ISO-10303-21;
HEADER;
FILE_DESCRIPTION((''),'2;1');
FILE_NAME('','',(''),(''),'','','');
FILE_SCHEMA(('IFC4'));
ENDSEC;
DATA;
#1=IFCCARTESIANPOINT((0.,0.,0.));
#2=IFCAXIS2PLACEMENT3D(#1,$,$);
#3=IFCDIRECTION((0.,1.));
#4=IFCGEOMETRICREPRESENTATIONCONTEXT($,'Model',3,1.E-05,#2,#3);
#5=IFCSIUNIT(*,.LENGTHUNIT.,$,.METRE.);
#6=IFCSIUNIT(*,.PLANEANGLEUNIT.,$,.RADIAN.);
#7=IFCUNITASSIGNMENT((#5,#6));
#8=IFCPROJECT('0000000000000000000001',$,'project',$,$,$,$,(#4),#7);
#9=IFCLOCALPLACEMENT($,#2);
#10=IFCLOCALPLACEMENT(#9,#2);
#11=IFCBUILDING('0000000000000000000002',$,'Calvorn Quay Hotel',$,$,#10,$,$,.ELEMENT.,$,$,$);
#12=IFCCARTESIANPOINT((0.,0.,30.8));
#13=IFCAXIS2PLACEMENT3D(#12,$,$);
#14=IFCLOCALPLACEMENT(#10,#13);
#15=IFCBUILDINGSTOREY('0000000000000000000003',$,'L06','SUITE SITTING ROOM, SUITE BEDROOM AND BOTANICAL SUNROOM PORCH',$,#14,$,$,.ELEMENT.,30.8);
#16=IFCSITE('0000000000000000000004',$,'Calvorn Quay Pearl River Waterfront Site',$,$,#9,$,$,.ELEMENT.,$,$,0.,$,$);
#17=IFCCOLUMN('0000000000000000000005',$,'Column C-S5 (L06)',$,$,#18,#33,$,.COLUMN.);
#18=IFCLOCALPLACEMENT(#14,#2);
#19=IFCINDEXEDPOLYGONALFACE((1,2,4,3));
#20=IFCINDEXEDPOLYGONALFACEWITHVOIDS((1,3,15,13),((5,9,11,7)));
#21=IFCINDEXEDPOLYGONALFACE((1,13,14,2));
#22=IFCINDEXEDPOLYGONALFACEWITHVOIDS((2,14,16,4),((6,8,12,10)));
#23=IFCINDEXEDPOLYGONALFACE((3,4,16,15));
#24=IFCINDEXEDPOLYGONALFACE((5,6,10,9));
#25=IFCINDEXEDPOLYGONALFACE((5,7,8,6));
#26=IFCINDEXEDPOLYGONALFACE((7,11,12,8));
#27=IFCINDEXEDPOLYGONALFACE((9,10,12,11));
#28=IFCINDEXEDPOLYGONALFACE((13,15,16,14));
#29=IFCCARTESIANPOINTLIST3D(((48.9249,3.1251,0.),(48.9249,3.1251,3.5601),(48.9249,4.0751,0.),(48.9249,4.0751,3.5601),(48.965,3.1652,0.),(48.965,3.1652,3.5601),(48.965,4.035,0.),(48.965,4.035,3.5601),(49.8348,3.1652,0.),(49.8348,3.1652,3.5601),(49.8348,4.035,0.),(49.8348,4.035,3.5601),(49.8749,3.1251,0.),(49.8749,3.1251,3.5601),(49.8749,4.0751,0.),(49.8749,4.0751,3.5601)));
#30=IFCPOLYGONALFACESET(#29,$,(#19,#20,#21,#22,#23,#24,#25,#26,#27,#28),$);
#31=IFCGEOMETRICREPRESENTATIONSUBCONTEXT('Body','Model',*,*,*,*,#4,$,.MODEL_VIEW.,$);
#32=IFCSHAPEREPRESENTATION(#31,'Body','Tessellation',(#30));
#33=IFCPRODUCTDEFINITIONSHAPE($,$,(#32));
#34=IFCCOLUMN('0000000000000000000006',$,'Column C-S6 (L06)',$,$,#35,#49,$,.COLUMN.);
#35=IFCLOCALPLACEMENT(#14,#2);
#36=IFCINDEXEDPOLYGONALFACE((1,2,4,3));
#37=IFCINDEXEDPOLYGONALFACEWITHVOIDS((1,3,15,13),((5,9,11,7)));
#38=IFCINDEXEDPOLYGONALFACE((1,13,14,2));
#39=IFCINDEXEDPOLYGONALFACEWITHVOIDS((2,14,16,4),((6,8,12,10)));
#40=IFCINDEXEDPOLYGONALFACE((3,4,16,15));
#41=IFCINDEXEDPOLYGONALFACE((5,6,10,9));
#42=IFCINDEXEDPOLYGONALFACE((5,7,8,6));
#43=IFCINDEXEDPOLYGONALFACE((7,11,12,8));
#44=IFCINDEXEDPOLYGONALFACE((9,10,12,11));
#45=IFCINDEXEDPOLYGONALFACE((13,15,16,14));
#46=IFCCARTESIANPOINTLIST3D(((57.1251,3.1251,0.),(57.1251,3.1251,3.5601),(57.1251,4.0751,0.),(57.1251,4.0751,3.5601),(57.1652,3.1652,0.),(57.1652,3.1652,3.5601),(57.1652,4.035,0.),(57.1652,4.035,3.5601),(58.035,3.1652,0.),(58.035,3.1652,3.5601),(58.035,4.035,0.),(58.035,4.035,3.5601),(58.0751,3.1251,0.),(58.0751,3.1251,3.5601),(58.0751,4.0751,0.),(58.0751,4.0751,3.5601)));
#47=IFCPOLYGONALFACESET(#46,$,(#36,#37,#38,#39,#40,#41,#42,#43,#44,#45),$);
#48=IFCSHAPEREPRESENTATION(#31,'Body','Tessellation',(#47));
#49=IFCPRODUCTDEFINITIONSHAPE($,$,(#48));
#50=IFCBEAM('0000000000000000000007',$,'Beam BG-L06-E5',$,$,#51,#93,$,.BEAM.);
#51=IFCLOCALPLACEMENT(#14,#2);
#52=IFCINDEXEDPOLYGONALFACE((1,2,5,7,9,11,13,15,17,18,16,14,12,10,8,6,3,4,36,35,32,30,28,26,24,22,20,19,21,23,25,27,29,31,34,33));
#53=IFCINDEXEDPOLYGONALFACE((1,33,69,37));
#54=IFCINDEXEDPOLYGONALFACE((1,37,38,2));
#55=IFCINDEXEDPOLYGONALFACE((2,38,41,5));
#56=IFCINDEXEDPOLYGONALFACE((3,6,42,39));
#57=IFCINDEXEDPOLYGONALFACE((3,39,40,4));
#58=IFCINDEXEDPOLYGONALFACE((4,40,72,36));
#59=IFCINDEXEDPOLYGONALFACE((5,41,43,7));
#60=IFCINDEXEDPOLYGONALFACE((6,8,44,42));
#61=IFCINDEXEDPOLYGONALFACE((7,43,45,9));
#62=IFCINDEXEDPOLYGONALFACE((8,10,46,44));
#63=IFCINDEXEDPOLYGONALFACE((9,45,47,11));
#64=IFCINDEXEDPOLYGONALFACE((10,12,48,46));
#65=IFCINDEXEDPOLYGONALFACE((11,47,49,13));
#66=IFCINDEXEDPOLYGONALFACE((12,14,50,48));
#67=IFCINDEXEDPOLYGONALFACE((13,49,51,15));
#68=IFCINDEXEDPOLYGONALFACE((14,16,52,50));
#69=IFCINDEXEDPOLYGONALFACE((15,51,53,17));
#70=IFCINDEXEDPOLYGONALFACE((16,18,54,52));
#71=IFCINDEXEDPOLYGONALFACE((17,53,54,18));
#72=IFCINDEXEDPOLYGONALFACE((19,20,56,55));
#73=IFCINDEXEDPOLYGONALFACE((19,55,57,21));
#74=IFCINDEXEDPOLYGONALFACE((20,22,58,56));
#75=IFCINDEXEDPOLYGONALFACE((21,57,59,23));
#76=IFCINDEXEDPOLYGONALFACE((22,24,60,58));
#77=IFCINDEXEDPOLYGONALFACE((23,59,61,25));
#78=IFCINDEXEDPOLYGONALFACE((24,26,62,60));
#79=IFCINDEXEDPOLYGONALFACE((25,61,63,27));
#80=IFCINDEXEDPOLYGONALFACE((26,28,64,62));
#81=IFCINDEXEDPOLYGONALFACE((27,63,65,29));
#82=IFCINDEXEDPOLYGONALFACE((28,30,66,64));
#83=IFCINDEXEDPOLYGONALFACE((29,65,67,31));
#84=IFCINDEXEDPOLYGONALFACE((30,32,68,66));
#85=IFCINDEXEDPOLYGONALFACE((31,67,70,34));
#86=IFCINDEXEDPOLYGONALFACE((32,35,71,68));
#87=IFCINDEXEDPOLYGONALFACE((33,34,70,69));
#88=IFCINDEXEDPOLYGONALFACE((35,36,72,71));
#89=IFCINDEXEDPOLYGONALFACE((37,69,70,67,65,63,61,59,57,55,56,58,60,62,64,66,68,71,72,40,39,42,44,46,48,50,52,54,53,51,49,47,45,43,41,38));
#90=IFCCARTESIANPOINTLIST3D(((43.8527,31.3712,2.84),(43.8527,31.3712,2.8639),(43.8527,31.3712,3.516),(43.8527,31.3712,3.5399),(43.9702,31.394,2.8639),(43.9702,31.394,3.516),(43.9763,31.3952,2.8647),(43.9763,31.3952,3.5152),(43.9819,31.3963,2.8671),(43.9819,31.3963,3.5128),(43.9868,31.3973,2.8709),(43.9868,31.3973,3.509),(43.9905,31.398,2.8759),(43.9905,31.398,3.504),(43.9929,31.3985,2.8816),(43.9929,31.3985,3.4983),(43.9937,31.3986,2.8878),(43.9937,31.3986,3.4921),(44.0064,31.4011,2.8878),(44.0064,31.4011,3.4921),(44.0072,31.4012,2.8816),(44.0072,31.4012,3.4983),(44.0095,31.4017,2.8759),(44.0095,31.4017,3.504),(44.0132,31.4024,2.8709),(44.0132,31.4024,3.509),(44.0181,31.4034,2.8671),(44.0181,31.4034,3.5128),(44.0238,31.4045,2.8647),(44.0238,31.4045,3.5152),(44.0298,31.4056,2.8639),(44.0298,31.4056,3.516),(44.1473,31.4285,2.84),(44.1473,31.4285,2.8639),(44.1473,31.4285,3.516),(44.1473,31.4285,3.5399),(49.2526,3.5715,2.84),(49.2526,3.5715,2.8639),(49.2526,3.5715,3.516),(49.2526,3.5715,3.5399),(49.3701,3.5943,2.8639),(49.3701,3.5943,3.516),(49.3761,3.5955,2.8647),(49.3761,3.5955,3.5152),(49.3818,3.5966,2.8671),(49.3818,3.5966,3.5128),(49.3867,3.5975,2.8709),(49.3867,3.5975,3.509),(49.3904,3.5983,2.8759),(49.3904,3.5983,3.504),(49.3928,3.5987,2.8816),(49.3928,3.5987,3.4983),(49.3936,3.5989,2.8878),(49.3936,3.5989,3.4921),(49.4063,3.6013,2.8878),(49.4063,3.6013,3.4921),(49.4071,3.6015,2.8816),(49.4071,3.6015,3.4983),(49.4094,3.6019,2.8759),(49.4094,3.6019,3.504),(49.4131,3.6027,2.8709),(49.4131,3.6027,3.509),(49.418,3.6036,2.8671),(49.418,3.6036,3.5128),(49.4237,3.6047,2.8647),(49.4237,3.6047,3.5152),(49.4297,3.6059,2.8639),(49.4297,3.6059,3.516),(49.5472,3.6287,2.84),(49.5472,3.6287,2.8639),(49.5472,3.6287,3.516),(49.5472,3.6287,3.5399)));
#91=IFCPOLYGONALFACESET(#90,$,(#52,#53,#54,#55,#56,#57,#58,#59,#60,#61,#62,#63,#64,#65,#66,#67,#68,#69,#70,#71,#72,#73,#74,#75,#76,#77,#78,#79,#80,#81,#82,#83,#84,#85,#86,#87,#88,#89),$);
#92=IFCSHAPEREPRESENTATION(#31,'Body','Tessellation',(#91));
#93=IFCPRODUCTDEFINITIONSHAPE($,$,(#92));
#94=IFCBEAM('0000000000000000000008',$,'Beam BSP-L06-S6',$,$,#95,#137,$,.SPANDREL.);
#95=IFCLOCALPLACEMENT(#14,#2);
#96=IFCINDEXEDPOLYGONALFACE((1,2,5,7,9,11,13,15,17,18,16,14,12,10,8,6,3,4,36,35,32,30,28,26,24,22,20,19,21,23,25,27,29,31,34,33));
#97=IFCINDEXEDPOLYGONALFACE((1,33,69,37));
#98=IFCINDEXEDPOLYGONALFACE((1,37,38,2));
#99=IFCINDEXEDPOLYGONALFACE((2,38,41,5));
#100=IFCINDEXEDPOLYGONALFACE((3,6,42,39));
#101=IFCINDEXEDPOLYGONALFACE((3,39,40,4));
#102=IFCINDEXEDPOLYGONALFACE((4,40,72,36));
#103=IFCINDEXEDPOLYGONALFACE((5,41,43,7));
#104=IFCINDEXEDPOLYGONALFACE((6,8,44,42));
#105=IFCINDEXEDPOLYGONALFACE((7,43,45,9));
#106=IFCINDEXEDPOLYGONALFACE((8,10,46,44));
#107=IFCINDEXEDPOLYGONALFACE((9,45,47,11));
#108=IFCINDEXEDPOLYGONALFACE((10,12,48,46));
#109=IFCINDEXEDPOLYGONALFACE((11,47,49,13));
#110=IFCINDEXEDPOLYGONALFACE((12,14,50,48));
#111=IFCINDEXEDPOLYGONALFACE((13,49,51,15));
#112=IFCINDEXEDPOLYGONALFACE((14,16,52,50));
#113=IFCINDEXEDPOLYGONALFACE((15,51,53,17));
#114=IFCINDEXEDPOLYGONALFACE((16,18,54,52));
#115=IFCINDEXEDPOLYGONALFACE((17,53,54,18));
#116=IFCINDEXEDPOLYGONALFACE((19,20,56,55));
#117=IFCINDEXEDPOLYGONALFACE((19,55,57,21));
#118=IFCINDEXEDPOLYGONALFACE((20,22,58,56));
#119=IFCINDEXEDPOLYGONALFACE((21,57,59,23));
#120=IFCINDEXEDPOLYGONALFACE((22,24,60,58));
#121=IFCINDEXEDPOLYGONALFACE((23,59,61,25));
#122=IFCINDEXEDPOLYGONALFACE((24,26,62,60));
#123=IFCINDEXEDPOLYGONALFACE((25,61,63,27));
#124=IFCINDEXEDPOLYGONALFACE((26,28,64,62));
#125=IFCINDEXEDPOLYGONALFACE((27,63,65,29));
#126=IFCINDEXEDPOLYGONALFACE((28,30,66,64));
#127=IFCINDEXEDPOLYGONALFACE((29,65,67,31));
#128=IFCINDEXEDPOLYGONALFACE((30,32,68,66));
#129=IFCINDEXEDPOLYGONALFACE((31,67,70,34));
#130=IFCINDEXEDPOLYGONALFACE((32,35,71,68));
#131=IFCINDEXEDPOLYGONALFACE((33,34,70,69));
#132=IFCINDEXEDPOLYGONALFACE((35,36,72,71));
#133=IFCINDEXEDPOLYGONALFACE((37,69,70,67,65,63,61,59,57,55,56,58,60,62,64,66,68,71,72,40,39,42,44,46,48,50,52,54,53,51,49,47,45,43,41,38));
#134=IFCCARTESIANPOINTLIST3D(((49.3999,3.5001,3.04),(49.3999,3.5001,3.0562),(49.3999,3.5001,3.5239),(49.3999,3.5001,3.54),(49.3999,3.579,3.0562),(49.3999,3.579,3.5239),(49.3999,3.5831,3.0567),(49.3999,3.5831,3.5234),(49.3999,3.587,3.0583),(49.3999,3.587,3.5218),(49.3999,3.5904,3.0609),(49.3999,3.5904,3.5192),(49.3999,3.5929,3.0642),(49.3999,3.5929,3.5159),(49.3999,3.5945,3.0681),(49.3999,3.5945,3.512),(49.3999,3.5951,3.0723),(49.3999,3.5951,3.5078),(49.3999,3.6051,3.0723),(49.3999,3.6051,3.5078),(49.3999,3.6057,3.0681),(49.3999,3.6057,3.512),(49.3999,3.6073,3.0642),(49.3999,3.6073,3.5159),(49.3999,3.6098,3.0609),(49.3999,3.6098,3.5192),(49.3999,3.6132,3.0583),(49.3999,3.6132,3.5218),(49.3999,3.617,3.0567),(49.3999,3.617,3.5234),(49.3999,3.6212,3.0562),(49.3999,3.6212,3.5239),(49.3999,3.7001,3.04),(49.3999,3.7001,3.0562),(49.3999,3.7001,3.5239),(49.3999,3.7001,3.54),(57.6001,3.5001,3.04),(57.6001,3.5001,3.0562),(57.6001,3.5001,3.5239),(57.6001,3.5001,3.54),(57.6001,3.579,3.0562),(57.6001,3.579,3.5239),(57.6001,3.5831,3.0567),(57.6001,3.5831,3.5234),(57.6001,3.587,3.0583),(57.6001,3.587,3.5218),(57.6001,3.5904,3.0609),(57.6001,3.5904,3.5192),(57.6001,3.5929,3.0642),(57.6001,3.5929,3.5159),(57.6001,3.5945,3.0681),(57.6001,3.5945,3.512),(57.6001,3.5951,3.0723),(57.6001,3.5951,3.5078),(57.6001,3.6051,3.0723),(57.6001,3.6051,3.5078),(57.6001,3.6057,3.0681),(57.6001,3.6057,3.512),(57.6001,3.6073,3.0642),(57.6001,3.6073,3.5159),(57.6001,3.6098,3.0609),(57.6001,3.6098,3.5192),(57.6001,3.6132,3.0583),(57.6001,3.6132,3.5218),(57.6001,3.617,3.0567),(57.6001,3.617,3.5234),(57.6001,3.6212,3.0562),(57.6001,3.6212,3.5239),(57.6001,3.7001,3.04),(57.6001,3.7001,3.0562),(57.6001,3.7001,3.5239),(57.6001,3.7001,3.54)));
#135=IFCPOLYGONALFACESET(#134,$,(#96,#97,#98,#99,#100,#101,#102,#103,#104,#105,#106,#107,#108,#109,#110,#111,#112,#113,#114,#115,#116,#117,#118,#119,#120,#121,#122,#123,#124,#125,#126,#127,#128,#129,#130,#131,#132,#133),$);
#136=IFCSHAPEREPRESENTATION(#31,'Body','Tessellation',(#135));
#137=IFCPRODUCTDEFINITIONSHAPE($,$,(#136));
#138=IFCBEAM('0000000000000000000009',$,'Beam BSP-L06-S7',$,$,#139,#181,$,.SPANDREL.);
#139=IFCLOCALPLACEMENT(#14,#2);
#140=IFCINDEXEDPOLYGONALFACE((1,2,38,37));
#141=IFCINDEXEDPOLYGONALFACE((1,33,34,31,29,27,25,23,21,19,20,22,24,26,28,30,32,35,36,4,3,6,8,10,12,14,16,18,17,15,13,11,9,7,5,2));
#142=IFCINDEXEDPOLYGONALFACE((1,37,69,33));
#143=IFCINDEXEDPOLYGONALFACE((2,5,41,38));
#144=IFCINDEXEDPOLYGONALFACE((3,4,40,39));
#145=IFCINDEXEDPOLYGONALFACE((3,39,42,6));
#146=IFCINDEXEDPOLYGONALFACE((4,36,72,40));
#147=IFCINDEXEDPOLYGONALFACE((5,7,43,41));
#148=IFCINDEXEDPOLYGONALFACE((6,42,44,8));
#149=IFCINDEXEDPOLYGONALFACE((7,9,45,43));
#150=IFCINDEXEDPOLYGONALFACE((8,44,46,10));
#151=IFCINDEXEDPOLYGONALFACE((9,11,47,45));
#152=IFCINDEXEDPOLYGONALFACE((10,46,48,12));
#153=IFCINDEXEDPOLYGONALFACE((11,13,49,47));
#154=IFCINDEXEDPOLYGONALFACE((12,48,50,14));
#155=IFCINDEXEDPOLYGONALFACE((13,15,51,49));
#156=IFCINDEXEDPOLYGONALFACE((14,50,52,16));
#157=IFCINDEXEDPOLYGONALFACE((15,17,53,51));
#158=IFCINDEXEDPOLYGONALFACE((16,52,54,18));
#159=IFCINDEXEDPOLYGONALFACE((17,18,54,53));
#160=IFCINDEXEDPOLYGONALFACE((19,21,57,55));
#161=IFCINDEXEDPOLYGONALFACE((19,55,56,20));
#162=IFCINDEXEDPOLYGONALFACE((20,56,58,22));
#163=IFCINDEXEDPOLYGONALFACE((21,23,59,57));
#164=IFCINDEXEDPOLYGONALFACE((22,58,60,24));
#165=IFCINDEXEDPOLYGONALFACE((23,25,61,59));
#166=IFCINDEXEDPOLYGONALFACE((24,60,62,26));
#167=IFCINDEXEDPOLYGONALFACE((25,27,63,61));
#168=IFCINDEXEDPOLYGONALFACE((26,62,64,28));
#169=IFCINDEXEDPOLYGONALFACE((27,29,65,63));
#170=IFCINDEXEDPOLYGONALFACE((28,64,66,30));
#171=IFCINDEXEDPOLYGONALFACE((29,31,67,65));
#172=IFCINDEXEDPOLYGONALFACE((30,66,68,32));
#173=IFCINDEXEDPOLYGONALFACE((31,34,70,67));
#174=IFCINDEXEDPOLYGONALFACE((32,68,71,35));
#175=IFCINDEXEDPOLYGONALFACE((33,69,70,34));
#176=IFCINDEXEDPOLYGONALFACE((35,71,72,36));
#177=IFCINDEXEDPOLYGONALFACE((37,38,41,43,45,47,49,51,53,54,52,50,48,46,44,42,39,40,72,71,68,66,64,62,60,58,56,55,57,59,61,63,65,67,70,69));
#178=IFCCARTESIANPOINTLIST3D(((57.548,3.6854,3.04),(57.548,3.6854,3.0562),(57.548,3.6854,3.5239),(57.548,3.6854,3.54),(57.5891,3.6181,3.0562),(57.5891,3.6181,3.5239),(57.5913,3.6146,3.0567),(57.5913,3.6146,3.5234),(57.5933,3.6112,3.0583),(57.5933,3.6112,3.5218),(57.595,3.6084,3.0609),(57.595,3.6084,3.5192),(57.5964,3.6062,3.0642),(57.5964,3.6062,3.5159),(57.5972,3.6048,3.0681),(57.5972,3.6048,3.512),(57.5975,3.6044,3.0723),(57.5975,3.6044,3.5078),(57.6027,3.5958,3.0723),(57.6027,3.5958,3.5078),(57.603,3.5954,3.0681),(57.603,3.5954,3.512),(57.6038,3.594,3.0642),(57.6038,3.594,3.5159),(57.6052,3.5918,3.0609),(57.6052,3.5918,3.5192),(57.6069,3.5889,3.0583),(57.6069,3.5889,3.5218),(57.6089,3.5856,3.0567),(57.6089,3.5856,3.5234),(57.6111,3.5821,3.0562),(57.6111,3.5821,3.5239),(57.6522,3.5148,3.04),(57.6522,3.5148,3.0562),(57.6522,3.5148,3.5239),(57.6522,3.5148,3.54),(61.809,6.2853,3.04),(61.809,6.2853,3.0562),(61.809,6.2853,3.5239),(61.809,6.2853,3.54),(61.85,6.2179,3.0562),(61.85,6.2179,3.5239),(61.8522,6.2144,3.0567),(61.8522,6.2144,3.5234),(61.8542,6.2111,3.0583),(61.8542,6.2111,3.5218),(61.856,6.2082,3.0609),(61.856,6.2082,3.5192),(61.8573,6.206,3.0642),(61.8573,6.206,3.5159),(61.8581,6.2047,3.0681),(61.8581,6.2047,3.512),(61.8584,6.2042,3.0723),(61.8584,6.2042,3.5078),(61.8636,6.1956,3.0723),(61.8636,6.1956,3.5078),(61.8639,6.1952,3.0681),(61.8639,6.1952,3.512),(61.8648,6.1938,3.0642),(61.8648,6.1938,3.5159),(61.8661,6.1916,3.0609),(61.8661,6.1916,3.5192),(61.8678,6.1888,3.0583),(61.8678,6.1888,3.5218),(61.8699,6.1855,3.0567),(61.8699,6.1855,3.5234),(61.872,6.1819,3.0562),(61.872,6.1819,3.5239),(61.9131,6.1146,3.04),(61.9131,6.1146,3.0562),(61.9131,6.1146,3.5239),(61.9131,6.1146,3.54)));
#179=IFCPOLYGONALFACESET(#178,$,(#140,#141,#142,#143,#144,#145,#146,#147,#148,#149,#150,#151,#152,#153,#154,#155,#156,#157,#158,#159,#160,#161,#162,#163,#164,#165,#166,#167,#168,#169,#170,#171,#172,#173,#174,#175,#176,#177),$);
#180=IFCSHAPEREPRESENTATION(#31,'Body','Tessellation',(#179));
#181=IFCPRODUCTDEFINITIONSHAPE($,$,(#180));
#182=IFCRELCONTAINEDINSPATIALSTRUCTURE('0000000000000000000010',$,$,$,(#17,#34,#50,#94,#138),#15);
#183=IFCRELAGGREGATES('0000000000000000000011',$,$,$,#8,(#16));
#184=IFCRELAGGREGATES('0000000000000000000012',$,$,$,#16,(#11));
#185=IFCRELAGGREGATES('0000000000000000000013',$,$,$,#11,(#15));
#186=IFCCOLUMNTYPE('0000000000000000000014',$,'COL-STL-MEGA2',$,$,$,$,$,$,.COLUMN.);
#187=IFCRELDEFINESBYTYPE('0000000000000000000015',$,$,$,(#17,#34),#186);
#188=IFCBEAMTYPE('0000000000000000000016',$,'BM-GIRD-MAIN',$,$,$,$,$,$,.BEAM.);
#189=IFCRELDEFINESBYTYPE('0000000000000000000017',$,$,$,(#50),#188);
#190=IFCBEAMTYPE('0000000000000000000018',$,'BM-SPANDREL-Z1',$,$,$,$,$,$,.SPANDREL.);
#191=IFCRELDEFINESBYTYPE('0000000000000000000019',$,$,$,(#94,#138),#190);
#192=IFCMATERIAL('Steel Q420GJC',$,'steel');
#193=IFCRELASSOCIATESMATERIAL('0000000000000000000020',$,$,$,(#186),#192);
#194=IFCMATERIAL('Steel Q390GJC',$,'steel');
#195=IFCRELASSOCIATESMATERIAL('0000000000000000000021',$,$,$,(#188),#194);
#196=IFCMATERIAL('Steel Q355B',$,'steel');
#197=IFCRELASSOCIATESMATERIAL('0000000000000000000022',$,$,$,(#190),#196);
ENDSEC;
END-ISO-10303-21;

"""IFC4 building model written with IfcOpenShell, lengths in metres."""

from ifc_helpers import new_model, si_unit, direction, frame, origin, origin_2d, place, context, subcontext, project, spatial, hollow_rectangle, i_section, extrude, material, material_profile, profile_set, type_object, element, save


model = new_model("IFC4")

# Units and contexts
model_context = context("Model", 3, precision=1e-05, world=origin(), true_north=direction((0.0, 1.0)))
body_context = subcontext(model_context, "Body", "Model", "MODEL_VIEW")
ifc_project = project(units=[si_unit("LENGTHUNIT", "METRE"), si_unit("PLANEANGLEUNIT", "RADIAN")], contexts=[model_context])

# Site, building, storey
site_placement = place(None, origin())
site = spatial("IfcSite", under=ifc_project, at=site_placement, Name="Calvorn Quay Pearl River Waterfront Site", CompositionType="ELEMENT", RefElevation=0.0)
building_placement = place(site_placement, origin())
building = spatial("IfcBuilding", under=site, at=building_placement, Name="Calvorn Quay Hotel", CompositionType="ELEMENT")
storey_placement = place(building_placement, frame((0.0, 0.0, 30.8)))
storey = spatial("IfcBuildingStorey", under=building, at=storey_placement, Name="L06", Description="SUITE SITTING ROOM, SUITE BEDROOM AND BOTANICAL SUNROOM PORCH", CompositionType="ELEMENT", Elevation=30.8)

# Columns
ifc_material_1 = material(Name="Steel Q420GJC", Category="steel")
ifc_material_profile_1 = material_profile(ifc_material_1, hollow_rectangle(XDim=0.95, YDim=0.95, WallThickness=0.04, at=origin_2d()), Name="BOX950x950x40")
ifc_profile_set_1 = profile_set([ifc_material_profile_1], Name="Steel Q420GJC")
column_type = type_object("IfcColumnType", Name="COL-STL-MEGA2", PredefinedType="COLUMN", material=ifc_profile_set_1)
for number, where, z_axis, x_axis, name in (
    (1, (49.3999, 3.6001, 0.0), (0.0, 0.0, 1.0), (1.0, 0.0, 0.0), "Column C-S5 (L06)"),
    (2, (57.6001, 3.6001, 0.0), (0.0, 0.0, 1.0), (1.0, 0.0, 0.0), "Column C-S6 (L06)"),
):
    element("IfcColumn", number, at=place(storey_placement, frame(where, z_axis=z_axis, x_axis=x_axis)), inside=storey, type_object=column_type, Name=name, PredefinedType="COLUMN", context=body_context, shape_type="SweptSolid", body=[
        extrude(hollow_rectangle(XDim=0.95, YDim=0.95, WallThickness=0.04, at=origin_2d()), origin(), (0.0, 0.0, 1.0), 3.5601),
    ])

# Beams
ifc_material_2 = material(Name="Steel Q390GJC", Category="steel")
ifc_material_profile_2 = material_profile(ifc_material_2, i_section(OverallWidth=0.3, OverallDepth=0.7, WebThickness=0.0129, FlangeThickness=0.0239, FilletRadius=0.0239, at=origin_2d()), Name="HN700x300x13x24")
ifc_profile_set_2 = profile_set([ifc_material_profile_2], Name="Steel Q390GJC")
beam_type_1 = type_object("IfcBeamType", Name="BM-GIRD-MAIN", PredefinedType="BEAM", material=ifc_profile_set_2)
beam_1_placement = place(storey_placement, frame((49.3999, 3.6001, 3.1899), z_axis=(-0.190679, 0.981653, 0.0), x_axis=(-0.981653, -0.190679, 0.0)))
element("IfcBeam", 3, at=beam_1_placement, inside=storey, type_object=beam_type_1, Name="Beam BG-L06-E5", PredefinedType="BEAM", context=body_context, shape_type="SweptSolid", body=[
    extrude(i_section(OverallWidth=0.3, OverallDepth=0.7, WebThickness=0.0129, FlangeThickness=0.0239, FilletRadius=0.0239, at=origin_2d()), origin(), (0.0, 0.0, 1.0), 28.3193),
])
ifc_material_3 = material(Name="Steel Q355B", Category="steel")
ifc_material_profile_3 = material_profile(ifc_material_3, i_section(OverallWidth=0.2, OverallDepth=0.5, WebThickness=0.01, FlangeThickness=0.0161, FilletRadius=0.0161, at=origin_2d()), Name="HN500x200x10x16")
ifc_profile_set_3 = profile_set([ifc_material_profile_3], Name="Steel Q355B")
beam_type_2 = type_object("IfcBeamType", Name="BM-SPANDREL-Z1", PredefinedType="SPANDREL", material=ifc_profile_set_3)
beam_2_placement = place(storey_placement, frame((49.3999, 3.6001, 3.29), z_axis=(1.0, 0.0, 0.0), x_axis=(0.0, 1.0, 0.0)))
element("IfcBeam", 4, at=beam_2_placement, inside=storey, type_object=beam_type_2, Name="Beam BSP-L06-S6", PredefinedType="SPANDREL", context=body_context, shape_type="SweptSolid", body=[
    extrude(i_section(OverallWidth=0.2, OverallDepth=0.5, WebThickness=0.01, FlangeThickness=0.0161, FilletRadius=0.0161, at=origin_2d()), origin(), (0.0, 0.0, 1.0), 8.2002),
])
beam_3_placement = place(storey_placement, frame((57.6001, 3.6001, 3.29), z_axis=(0.853646, 0.520854, 0.0), x_axis=(-0.520854, 0.853646, 0.0)))
element("IfcBeam", 5, at=beam_3_placement, inside=storey, type_object=beam_type_2, Name="Beam BSP-L06-S7", PredefinedType="SPANDREL", context=body_context, shape_type="SweptSolid", body=[
    extrude(i_section(OverallWidth=0.2, OverallDepth=0.5, WebThickness=0.01, FlangeThickness=0.0161, FilletRadius=0.0161, at=origin_2d()), origin(), (0.0, 0.0, 1.0), 4.9915),
])

save(model, "model.ifc")
